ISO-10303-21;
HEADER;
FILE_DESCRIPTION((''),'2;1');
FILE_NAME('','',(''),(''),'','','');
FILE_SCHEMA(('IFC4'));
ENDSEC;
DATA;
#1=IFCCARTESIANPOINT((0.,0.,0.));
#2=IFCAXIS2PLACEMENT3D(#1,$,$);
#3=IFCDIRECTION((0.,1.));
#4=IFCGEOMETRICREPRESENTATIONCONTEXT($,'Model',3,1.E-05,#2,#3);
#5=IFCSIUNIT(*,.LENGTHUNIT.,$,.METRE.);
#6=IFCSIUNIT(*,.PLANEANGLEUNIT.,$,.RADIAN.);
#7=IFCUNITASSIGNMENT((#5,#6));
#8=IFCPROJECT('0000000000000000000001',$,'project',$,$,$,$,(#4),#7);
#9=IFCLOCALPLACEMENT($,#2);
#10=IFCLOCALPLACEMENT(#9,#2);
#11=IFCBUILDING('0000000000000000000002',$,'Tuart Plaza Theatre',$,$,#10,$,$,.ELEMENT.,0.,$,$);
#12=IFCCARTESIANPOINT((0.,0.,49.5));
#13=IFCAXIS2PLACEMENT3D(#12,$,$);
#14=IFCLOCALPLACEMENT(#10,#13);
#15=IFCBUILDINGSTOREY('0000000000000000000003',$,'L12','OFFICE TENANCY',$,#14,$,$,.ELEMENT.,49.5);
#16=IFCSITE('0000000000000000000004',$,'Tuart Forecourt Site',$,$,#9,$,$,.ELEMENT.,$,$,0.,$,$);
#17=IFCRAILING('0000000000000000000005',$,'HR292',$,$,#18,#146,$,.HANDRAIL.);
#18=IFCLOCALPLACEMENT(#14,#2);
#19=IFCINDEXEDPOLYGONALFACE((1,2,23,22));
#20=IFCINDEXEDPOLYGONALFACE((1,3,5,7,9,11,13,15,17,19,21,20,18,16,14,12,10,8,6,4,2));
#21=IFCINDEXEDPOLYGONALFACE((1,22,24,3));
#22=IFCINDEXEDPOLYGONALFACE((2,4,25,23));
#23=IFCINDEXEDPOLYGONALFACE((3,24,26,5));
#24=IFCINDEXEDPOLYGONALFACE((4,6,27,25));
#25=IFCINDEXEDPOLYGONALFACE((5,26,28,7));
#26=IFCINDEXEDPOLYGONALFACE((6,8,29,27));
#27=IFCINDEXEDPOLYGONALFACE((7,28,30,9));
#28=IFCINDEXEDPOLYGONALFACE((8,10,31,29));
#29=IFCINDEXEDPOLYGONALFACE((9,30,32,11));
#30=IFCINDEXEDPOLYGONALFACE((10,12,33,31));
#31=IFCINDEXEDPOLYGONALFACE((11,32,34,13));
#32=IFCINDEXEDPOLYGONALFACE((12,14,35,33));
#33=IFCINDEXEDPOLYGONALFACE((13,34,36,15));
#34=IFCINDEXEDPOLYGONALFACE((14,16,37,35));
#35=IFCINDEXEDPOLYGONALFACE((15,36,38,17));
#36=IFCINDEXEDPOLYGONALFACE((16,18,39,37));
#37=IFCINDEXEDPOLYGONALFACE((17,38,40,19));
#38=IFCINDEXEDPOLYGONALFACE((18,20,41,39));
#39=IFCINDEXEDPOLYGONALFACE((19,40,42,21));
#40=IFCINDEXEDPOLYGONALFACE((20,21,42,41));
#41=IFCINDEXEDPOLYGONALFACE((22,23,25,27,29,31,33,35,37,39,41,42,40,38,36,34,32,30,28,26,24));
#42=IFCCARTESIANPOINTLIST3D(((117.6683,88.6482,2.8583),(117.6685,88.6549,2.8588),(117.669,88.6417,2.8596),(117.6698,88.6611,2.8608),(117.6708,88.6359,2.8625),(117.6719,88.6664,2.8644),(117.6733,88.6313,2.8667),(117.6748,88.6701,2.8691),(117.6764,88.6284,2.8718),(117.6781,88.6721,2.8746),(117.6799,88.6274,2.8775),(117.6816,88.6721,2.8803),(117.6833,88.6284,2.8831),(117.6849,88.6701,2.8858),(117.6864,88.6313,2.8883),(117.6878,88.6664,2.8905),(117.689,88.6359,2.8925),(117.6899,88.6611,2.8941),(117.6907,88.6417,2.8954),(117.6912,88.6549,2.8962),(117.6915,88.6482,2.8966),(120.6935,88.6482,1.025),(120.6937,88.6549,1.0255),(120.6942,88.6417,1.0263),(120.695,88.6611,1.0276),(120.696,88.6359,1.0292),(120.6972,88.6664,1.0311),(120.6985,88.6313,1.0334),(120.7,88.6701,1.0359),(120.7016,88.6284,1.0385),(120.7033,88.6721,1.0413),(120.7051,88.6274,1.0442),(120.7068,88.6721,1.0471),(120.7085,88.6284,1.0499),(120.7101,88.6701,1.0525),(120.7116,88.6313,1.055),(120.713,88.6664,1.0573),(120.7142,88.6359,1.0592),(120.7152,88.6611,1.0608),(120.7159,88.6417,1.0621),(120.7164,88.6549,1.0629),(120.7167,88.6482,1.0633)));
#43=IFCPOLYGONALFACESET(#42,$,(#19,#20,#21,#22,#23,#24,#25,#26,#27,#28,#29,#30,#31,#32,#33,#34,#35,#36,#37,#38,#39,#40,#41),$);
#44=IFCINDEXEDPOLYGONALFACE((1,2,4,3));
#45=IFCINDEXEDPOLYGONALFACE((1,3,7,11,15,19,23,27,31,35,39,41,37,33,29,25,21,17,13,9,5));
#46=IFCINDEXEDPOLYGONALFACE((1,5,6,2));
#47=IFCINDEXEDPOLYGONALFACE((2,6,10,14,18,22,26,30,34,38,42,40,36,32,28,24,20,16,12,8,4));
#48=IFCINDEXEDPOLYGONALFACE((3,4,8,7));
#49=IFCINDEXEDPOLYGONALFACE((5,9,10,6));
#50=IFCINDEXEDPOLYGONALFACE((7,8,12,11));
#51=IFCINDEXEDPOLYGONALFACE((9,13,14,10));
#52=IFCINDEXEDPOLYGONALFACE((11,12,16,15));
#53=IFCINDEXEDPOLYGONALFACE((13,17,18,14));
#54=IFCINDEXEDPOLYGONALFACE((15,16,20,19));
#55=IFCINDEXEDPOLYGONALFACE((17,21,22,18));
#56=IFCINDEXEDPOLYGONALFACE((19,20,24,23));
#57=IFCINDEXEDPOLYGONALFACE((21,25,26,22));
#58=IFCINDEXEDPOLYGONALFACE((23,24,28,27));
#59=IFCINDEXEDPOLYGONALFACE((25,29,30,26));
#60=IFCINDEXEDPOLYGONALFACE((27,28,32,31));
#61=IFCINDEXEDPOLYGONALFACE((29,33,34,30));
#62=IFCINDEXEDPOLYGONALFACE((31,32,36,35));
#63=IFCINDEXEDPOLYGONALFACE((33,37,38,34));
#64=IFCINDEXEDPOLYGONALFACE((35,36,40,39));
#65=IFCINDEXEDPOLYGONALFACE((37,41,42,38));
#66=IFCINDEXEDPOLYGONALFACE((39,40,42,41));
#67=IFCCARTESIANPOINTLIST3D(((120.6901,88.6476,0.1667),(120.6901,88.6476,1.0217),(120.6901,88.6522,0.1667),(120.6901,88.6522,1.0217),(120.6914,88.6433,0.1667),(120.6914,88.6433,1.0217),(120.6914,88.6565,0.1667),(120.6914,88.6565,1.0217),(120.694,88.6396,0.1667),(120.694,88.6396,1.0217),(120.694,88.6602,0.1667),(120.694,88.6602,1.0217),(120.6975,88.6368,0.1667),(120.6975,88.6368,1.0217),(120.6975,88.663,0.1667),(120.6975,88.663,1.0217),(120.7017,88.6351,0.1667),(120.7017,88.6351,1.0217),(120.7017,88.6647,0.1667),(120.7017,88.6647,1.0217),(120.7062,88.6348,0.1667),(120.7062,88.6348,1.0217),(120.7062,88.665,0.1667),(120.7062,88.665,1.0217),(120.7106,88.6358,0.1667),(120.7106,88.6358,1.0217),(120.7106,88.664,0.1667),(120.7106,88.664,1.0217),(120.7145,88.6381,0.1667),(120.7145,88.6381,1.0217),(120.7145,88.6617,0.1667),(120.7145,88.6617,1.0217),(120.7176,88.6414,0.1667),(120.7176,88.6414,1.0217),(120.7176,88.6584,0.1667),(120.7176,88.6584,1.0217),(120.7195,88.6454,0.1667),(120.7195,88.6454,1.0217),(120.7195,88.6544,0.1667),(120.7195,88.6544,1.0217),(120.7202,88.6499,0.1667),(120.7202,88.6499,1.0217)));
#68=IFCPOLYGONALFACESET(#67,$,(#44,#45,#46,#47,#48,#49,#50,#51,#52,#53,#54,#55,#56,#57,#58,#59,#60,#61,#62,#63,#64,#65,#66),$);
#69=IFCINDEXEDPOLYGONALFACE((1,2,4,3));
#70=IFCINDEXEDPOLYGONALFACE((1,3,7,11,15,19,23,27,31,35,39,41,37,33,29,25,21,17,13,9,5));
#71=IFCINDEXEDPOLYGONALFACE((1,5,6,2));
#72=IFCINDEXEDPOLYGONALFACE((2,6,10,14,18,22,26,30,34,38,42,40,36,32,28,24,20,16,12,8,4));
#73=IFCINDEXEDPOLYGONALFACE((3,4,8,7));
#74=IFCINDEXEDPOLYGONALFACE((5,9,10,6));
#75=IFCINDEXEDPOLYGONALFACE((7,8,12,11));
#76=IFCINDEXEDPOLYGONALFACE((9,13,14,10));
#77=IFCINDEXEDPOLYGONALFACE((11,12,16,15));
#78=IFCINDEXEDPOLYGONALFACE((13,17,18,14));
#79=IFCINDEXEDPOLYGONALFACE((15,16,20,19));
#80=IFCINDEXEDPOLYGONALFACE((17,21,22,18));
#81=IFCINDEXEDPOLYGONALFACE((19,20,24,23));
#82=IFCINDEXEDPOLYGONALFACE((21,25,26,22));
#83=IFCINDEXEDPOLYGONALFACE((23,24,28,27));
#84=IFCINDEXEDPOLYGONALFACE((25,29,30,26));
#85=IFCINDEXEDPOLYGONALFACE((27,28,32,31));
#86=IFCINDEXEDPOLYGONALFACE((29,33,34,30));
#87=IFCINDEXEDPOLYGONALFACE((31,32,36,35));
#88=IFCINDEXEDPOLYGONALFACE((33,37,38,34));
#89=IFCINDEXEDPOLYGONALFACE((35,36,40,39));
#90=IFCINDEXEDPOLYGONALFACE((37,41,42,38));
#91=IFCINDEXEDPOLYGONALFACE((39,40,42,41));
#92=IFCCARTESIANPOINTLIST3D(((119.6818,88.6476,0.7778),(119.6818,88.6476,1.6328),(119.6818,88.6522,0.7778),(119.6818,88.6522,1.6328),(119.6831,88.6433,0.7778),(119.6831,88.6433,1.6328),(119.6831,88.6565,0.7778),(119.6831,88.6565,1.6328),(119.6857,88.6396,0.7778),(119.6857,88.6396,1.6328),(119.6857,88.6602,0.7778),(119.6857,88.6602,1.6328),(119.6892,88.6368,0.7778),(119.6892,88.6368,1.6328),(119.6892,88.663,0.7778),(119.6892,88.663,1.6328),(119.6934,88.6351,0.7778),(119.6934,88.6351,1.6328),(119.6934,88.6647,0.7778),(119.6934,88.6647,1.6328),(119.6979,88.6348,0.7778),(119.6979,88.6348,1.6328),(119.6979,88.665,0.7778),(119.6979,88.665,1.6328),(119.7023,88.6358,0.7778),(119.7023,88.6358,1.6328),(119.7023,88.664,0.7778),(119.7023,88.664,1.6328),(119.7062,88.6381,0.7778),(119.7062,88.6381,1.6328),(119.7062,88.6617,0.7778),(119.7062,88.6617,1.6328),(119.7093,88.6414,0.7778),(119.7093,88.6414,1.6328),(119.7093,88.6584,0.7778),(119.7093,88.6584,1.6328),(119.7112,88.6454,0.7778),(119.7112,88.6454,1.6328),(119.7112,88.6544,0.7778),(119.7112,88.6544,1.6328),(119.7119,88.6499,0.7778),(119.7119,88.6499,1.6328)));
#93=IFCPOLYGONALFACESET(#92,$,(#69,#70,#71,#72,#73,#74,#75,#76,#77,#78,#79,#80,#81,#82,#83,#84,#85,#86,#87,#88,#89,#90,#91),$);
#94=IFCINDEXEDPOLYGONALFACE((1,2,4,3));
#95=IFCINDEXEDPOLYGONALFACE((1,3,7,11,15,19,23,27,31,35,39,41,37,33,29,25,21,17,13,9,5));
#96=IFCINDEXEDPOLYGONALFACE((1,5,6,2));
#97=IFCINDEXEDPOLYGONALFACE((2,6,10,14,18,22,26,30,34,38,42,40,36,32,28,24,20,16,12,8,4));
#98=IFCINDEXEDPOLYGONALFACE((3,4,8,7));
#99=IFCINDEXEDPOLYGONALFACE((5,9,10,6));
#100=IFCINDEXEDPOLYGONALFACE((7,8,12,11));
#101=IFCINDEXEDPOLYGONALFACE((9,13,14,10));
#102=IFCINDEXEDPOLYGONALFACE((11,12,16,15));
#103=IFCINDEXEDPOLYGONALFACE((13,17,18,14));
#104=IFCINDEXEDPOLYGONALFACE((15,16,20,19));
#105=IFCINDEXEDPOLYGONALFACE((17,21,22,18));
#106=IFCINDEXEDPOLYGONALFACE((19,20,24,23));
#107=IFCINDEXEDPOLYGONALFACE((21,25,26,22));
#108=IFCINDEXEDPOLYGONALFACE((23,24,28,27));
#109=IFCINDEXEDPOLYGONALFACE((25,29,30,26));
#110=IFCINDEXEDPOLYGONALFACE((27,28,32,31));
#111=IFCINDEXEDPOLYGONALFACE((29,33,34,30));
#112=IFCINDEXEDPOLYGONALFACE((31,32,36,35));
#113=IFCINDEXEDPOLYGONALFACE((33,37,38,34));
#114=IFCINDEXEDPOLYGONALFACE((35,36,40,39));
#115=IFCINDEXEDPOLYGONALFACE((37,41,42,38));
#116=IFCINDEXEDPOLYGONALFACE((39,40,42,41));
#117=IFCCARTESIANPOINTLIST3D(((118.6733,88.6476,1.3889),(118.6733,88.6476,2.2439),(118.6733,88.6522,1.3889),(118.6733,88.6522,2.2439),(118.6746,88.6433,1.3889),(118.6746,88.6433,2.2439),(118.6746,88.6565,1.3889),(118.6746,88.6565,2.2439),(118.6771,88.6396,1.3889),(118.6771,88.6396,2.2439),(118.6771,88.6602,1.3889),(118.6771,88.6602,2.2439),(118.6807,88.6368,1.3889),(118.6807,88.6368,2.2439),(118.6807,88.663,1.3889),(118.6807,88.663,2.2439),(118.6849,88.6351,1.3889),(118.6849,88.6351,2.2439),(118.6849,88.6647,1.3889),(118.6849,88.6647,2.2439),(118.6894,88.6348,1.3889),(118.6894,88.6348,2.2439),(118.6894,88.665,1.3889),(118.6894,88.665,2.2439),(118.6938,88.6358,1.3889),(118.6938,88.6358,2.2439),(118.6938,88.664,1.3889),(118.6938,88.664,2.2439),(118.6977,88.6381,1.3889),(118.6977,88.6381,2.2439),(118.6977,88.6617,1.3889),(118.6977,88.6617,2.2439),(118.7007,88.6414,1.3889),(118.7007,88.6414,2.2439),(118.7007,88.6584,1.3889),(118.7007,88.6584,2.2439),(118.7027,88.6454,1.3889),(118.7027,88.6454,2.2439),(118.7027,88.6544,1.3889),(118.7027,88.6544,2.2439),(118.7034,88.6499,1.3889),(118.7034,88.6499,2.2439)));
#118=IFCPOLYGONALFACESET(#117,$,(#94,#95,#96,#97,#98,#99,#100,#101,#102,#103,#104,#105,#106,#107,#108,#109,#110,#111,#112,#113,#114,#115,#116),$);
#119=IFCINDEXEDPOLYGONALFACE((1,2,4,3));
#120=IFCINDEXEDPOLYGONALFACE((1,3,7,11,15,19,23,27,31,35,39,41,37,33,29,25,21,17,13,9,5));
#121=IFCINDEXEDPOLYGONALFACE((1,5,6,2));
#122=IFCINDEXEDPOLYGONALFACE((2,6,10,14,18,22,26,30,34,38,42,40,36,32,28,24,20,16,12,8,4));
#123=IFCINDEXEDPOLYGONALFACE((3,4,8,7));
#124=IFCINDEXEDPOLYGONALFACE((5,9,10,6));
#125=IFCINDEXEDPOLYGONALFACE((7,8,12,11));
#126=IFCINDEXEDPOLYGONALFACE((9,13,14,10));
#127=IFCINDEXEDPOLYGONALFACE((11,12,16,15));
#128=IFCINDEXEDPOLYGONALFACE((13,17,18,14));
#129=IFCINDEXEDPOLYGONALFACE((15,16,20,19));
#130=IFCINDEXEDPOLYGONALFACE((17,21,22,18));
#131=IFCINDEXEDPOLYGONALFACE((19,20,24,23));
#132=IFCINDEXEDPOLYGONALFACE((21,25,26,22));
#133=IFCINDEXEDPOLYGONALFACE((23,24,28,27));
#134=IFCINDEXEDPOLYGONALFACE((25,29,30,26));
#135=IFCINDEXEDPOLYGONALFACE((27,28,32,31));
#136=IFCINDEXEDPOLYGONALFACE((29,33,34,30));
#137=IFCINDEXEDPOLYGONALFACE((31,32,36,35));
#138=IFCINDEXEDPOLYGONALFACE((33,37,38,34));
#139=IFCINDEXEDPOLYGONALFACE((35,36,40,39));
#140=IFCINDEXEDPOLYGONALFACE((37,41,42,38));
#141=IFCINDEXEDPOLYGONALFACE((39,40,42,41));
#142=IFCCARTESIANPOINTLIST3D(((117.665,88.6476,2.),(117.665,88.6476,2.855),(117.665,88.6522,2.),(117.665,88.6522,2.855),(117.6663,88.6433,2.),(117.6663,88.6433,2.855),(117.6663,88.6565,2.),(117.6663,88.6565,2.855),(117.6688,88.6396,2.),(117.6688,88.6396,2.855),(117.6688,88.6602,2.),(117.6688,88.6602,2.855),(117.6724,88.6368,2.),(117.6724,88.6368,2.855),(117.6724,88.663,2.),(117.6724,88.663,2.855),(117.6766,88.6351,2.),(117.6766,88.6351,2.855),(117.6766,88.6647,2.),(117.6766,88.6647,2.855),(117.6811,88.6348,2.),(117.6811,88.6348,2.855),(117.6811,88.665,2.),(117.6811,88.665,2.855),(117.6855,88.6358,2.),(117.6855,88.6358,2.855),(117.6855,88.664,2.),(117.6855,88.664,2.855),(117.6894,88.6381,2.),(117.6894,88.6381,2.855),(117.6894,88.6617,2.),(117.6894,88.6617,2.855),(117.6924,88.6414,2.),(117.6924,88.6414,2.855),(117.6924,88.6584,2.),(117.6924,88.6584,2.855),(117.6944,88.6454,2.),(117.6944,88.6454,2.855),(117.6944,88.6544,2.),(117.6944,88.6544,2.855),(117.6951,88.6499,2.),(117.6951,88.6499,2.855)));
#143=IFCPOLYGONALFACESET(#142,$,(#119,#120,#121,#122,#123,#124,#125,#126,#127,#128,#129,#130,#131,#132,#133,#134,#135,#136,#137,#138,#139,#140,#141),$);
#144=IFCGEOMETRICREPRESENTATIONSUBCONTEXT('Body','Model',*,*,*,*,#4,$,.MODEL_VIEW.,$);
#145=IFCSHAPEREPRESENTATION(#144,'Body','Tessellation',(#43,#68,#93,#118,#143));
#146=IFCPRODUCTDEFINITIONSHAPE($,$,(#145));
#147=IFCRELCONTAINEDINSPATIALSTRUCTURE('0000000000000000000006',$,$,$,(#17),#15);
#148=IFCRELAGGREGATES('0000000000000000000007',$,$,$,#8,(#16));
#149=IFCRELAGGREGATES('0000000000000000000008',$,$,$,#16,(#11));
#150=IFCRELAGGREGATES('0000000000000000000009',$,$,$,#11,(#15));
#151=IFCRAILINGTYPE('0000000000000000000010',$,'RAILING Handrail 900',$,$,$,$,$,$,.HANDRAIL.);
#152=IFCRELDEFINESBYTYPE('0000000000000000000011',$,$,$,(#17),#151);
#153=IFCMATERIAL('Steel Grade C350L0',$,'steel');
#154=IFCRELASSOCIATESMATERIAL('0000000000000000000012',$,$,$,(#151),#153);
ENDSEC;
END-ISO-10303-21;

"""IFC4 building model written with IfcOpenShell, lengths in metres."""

from ifc_helpers import new_model, si_unit, direction, frame, origin, origin_2d, place, context, subcontext, project, spatial, circle, extrude, material, type_object, element, save


model = new_model("IFC4")

# Units and contexts
model_context = context("Model", 3, precision=1e-05, world=origin(), true_north=direction((0.0, 1.0)))
body_context = subcontext(model_context, "Body", "Model", "MODEL_VIEW")
ifc_project = project(units=[si_unit("LENGTHUNIT", "METRE"), si_unit("PLANEANGLEUNIT", "RADIAN")], contexts=[model_context])

# Site, building, storey
site_placement = place(None, origin())
site = spatial("IfcSite", under=ifc_project, at=site_placement, Name="Tuart Forecourt Site", CompositionType="ELEMENT", RefElevation=0.0)
building_placement = place(site_placement, origin())
building = spatial("IfcBuilding", under=site, at=building_placement, Name="Tuart Plaza Theatre", CompositionType="ELEMENT", ElevationOfRefHeight=0.0)
storey_placement = place(building_placement, frame((0.0, 0.0, 49.5)))
storey = spatial("IfcBuildingStorey", under=building, at=storey_placement, Name="L12", Description="OFFICE TENANCY", CompositionType="ELEMENT", Elevation=49.5)

# Railing
ifc_material_1 = material(Name="Steel Grade C350L0", Category="steel")
railing_type_1 = type_object("IfcRailingType", Name="RAILING Handrail 900", PredefinedType="HANDRAIL", material=ifc_material_1)
for number, where, name in (
    (1, (120.7051, 88.6499, 0.1667), "HR292"),
):
    element("IfcRailing", number, at=place(storey_placement, frame(where)), inside=storey, type_object=railing_type_1, Name=name, PredefinedType="HANDRAIL", context=body_context, shape_type="SweptSolid", body=[
        extrude(circle(Radius=0.0225, at=origin_2d()), frame((0.0, 0.0, 0.8774), z_axis=(-0.855219, 0.0, 0.518267), x_axis=(0.0, -1.0, 0.0)), (0.0, 0.0, 1.0), 3.5374),
        extrude(circle(Radius=0.0151, at=origin_2d()), origin(), (0.0, 0.0, 1.0), 0.855),
        extrude(circle(Radius=0.0151, at=origin_2d()), frame((-1.0083, 0.0, 0.6111)), (0.0, 0.0, 1.0), 0.855),
        extrude(circle(Radius=0.0151, at=origin_2d()), frame((-2.0168, 0.0, 1.2222)), (0.0, 0.0, 1.0), 0.855),
        extrude(circle(Radius=0.0151, at=origin_2d()), frame((-3.0251, 0.0, 1.8333)), (0.0, 0.0, 1.0), 0.855),
    ])

save(model, "model.ifc")
